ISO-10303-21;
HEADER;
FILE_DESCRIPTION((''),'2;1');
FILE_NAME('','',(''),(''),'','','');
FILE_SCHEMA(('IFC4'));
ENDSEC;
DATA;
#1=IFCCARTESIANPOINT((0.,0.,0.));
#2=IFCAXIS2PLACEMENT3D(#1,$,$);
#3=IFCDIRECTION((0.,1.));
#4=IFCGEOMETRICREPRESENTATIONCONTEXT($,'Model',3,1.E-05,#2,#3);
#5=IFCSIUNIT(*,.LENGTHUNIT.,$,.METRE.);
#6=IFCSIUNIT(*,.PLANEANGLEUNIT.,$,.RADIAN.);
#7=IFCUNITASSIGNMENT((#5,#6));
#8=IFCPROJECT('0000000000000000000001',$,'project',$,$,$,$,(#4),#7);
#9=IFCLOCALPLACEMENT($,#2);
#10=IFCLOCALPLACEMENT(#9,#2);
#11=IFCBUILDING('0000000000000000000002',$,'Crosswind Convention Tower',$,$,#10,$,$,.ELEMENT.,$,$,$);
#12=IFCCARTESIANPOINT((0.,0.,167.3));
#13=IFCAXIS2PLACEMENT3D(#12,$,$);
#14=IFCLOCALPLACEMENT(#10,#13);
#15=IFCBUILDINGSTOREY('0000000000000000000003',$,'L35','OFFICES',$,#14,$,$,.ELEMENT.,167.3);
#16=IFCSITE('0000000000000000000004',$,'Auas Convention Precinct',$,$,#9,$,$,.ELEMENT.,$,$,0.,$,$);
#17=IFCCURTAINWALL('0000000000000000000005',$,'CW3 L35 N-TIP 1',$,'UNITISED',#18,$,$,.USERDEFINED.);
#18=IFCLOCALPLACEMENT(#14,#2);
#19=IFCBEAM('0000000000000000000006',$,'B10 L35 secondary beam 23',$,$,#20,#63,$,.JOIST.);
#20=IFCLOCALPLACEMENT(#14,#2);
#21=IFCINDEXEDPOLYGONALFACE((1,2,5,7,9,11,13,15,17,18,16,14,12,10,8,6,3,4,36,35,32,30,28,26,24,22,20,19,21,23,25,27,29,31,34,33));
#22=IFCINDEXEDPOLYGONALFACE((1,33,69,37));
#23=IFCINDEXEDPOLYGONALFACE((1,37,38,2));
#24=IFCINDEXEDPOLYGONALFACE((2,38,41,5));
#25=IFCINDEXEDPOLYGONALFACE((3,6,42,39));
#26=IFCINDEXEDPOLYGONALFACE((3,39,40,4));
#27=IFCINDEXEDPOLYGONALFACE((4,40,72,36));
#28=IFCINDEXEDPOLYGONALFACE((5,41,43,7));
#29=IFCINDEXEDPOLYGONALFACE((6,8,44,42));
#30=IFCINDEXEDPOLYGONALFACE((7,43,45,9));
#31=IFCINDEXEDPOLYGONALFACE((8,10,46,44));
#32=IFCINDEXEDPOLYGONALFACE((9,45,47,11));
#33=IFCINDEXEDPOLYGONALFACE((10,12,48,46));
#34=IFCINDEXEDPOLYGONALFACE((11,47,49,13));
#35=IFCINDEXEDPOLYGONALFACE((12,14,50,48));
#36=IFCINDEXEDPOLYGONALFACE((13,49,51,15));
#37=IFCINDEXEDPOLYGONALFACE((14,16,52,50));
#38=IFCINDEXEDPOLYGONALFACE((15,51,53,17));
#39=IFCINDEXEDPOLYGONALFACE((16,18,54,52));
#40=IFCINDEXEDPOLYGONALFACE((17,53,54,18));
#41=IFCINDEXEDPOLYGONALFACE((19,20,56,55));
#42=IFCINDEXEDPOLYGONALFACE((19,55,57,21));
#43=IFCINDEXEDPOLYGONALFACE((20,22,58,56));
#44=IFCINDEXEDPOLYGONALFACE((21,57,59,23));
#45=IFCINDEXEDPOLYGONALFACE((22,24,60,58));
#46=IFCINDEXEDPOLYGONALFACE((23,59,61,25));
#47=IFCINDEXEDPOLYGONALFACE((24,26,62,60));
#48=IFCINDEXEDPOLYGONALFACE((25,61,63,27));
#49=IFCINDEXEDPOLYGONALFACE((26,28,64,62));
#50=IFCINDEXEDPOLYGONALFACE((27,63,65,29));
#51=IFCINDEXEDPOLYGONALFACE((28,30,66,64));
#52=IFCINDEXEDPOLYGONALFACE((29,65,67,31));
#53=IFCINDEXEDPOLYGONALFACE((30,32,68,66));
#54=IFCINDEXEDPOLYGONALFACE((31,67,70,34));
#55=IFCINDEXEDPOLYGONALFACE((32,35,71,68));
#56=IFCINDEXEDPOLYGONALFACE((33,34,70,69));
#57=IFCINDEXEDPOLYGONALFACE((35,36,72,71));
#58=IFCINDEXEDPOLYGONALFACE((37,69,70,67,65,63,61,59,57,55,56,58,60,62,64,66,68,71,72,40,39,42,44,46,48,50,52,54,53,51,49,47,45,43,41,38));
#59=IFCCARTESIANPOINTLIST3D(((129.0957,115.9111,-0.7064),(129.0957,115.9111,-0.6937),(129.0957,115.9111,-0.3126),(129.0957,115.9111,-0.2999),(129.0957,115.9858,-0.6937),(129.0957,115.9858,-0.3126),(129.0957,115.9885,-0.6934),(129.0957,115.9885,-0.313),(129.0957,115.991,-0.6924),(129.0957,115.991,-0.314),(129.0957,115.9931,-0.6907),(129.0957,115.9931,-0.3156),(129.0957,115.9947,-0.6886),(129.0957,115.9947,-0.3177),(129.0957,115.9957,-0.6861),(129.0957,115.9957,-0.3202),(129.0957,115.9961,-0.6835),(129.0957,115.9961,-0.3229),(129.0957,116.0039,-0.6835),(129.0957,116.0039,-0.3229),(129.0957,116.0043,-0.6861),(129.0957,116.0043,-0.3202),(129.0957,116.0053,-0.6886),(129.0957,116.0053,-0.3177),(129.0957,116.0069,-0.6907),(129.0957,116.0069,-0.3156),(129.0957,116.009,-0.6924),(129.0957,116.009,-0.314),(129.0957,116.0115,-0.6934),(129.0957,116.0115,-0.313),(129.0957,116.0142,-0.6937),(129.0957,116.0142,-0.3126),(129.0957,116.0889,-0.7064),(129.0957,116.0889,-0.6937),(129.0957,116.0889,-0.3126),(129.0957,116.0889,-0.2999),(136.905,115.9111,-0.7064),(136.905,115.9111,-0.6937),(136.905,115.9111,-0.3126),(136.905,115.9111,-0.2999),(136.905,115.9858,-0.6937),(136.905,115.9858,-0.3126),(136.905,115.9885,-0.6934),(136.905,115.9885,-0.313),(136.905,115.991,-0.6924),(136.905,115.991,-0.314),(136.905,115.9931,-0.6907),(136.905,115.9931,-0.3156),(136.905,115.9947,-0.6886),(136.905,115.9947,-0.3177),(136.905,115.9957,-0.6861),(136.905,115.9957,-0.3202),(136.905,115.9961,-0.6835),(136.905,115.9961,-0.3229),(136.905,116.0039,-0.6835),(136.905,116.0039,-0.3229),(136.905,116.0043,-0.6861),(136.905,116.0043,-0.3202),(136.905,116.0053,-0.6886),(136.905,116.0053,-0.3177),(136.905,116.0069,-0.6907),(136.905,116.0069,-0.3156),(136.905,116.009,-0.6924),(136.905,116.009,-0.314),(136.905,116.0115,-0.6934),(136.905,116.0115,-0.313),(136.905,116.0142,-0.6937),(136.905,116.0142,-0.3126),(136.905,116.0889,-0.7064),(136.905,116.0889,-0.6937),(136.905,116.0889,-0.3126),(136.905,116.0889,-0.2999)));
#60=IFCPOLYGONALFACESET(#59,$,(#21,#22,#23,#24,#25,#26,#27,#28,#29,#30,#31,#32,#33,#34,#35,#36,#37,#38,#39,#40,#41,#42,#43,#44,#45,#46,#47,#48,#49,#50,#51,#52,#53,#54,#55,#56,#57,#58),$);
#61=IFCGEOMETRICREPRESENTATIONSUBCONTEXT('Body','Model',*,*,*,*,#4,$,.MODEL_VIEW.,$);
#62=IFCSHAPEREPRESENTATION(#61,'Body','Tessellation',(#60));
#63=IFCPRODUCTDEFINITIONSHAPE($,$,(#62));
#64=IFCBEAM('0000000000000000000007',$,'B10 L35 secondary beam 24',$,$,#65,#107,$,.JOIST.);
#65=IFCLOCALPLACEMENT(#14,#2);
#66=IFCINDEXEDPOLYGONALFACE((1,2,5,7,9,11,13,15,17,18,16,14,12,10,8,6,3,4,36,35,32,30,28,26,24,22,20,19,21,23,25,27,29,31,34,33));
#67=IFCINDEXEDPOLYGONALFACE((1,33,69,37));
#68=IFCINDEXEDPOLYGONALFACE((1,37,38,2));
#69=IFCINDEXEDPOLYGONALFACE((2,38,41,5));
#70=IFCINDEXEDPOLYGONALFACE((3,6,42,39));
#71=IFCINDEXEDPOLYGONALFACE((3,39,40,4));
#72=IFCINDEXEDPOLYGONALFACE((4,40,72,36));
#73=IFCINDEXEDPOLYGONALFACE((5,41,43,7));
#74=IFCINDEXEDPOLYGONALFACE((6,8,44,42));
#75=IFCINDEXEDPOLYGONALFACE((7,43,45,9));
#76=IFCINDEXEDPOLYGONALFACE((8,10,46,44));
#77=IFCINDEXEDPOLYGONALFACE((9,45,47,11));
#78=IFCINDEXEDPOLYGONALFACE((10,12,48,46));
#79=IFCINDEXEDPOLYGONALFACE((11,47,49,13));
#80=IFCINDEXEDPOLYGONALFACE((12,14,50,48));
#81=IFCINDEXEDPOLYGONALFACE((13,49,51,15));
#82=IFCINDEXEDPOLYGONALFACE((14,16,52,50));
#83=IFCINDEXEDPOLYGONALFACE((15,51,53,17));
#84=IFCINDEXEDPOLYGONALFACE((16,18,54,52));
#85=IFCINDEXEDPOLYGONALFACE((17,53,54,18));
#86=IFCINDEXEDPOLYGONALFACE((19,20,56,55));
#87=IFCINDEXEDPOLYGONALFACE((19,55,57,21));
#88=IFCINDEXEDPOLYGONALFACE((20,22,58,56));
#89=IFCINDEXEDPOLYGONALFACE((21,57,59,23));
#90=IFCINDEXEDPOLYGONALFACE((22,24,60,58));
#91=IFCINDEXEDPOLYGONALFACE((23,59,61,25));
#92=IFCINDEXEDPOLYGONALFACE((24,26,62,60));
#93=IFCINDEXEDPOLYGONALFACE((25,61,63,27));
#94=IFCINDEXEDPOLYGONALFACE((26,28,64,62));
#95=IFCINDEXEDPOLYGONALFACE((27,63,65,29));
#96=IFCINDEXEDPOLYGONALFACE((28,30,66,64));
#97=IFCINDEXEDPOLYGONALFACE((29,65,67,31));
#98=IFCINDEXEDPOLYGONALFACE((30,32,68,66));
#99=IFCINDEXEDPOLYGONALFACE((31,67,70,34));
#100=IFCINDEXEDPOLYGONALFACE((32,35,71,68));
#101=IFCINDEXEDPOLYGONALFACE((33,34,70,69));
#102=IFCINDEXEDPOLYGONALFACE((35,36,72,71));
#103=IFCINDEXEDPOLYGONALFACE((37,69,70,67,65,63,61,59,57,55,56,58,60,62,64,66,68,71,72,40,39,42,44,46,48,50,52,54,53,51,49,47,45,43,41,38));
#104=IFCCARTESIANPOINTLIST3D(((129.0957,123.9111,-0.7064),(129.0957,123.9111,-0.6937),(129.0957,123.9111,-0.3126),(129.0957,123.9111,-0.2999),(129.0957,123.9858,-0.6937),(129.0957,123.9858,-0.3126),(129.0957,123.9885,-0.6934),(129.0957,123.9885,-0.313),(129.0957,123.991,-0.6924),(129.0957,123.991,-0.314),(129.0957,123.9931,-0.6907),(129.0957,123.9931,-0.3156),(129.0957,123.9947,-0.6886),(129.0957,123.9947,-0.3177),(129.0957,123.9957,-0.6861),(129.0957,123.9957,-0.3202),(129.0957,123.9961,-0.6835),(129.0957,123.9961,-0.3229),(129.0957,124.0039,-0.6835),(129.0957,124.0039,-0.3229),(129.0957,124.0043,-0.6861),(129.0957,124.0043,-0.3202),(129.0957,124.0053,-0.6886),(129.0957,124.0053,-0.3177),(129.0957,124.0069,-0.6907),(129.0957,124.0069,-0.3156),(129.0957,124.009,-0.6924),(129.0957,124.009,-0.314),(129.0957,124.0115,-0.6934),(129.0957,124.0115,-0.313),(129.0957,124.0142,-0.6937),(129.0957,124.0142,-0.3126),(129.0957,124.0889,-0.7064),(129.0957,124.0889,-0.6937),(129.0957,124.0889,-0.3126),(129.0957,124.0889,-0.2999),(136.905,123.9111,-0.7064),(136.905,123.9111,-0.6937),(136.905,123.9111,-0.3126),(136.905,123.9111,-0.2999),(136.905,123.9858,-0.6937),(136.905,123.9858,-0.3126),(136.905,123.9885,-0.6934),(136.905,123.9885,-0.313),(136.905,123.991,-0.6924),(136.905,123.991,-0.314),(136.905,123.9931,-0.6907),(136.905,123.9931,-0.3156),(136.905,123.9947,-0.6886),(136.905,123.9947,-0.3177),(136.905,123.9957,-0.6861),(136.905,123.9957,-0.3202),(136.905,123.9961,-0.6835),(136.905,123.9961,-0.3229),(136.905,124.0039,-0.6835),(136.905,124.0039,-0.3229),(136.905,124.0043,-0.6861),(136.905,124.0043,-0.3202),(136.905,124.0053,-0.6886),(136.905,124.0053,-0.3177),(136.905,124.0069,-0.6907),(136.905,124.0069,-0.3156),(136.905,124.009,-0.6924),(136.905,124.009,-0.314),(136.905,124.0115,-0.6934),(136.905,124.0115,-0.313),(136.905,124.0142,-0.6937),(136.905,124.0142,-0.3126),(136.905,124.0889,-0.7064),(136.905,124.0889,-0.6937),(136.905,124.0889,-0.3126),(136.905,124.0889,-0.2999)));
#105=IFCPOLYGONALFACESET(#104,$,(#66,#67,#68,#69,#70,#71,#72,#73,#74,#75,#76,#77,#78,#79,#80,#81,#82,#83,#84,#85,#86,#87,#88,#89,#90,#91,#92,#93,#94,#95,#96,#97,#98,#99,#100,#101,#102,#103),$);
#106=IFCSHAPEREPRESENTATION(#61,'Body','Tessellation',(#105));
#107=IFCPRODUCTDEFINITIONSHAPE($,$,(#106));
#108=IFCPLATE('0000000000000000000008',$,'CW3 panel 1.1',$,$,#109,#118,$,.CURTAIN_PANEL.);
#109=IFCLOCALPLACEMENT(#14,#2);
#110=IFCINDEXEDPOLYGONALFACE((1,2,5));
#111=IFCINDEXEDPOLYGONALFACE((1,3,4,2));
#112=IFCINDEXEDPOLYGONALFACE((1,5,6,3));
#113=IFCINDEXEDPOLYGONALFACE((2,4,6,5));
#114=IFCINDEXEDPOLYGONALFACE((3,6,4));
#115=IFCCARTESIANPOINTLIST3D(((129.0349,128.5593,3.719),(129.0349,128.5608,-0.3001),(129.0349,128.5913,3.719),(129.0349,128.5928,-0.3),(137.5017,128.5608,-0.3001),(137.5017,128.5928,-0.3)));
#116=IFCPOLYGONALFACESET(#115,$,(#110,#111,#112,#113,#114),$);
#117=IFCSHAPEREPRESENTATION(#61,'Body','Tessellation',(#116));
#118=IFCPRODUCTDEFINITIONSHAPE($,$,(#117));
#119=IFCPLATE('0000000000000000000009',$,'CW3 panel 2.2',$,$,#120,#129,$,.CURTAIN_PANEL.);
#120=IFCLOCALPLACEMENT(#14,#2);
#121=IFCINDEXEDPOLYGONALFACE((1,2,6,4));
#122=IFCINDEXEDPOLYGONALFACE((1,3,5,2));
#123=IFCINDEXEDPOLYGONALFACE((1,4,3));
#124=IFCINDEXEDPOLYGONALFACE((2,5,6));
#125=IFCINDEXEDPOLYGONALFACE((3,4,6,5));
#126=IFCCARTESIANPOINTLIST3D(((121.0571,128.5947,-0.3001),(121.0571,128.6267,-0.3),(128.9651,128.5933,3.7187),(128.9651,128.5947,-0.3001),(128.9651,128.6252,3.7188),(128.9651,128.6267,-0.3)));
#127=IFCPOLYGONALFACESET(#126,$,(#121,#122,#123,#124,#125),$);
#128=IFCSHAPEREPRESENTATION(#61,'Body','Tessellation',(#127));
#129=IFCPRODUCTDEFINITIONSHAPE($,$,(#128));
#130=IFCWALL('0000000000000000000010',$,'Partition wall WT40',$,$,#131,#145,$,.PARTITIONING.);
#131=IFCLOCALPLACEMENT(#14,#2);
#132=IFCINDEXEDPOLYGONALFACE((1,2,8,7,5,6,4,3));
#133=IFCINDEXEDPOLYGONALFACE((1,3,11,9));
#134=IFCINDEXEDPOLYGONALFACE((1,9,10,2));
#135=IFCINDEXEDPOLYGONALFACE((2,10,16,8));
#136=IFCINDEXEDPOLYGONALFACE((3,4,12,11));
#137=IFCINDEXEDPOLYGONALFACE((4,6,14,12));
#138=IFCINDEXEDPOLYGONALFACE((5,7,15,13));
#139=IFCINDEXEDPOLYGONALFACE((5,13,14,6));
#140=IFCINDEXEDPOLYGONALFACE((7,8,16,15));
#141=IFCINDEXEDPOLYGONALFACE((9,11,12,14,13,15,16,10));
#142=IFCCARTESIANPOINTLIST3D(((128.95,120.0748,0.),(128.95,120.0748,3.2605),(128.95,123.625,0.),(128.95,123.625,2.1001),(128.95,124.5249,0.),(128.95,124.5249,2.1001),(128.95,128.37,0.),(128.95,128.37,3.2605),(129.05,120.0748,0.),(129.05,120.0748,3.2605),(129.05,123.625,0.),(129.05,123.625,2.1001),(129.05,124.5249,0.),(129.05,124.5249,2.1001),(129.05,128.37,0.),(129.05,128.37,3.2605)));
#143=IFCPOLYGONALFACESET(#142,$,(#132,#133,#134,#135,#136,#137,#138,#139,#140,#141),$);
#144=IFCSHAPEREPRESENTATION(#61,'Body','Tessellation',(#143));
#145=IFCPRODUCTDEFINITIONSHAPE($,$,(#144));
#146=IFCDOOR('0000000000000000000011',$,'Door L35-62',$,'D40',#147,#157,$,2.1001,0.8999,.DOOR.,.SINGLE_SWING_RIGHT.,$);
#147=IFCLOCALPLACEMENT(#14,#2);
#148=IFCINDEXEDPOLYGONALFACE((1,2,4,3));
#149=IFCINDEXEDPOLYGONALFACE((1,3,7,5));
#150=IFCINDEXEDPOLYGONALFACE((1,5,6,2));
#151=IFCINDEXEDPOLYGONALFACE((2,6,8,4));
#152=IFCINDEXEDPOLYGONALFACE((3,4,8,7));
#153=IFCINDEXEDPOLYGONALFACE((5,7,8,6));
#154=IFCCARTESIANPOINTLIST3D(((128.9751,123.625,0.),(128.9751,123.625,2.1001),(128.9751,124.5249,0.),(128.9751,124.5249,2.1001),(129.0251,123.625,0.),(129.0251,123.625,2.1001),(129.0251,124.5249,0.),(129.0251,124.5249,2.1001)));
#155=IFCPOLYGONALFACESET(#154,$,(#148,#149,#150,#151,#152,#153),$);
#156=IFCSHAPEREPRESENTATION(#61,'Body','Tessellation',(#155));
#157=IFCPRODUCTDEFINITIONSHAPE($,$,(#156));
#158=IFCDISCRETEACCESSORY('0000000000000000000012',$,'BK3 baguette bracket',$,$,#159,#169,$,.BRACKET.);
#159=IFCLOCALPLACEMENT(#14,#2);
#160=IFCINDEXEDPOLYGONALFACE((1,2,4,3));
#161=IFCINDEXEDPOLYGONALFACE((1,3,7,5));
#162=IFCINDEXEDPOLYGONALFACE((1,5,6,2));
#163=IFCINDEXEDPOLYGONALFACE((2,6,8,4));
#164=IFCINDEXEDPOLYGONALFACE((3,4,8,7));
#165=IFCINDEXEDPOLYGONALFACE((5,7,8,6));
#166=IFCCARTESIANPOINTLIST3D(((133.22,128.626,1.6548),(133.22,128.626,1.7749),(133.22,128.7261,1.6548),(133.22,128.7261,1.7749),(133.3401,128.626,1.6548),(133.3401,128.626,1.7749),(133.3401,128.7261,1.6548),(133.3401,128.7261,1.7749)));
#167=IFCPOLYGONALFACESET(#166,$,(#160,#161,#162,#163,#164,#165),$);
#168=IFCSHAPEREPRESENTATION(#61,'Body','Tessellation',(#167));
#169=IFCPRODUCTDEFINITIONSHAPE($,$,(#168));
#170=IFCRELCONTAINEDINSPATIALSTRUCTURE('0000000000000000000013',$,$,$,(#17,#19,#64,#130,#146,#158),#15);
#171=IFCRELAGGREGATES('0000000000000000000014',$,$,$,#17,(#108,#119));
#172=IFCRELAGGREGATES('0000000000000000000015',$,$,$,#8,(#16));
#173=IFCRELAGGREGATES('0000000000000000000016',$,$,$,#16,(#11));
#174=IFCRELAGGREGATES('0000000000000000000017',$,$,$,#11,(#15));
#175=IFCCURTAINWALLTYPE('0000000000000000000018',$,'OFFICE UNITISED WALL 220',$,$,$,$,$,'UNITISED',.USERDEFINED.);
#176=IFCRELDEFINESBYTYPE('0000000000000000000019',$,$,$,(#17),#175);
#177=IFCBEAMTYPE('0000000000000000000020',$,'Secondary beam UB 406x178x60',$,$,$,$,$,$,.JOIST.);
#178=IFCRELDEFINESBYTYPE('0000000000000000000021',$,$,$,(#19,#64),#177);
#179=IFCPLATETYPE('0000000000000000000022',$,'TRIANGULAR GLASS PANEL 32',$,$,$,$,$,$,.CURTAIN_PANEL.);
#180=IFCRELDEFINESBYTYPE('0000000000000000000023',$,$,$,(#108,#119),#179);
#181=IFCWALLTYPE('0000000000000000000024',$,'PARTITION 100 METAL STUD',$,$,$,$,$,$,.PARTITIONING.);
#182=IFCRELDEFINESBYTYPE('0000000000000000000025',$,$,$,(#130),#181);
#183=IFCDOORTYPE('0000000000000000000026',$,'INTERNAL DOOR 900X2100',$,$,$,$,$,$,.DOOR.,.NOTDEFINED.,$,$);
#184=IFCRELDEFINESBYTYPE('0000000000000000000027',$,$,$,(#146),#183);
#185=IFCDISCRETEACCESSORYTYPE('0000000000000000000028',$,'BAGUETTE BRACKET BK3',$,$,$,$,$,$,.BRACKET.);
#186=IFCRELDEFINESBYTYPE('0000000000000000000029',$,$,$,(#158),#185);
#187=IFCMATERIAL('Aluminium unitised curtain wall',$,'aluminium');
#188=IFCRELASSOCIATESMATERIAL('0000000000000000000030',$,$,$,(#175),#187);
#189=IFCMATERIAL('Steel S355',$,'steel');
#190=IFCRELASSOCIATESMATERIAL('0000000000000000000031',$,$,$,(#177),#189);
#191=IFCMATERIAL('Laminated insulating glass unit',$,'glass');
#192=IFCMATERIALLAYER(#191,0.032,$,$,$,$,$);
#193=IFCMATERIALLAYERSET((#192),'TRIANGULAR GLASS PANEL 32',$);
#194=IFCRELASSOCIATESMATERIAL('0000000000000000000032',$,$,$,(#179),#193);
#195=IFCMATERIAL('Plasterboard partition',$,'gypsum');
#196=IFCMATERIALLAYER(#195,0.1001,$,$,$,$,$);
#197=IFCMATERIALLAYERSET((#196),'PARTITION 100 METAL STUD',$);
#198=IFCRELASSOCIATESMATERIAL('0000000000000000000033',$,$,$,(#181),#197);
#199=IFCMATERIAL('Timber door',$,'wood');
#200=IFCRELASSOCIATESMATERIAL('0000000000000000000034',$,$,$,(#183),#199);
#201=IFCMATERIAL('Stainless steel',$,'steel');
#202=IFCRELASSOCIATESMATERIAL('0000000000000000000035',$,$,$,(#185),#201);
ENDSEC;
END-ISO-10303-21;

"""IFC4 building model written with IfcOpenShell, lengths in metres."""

from ifc_helpers import new_model, si_unit, direction, frame, frame_2d, origin, origin_2d, place, context, subcontext, project, spatial, polyline, rectangle, i_section, outline, extrude, material, layer, layer_set, material_profile, profile_set, type_object, element, fill, aggregate, save


model = new_model("IFC4")

# Units and contexts
model_context = context("Model", 3, precision=1e-05, world=origin(), true_north=direction((0.0, 1.0)))
body_context = subcontext(model_context, "Body", "Model", "MODEL_VIEW")
ifc_project = project(units=[si_unit("LENGTHUNIT", "METRE"), si_unit("PLANEANGLEUNIT", "RADIAN")], contexts=[model_context])

# Site, building, storey
site_placement = place(None, origin())
site = spatial("IfcSite", under=ifc_project, at=site_placement, Name="Auas Convention Precinct", CompositionType="ELEMENT", RefElevation=0.0)
building_placement = place(site_placement, origin())
building = spatial("IfcBuilding", under=site, at=building_placement, Name="Crosswind Convention Tower", CompositionType="ELEMENT")
storey_placement = place(building_placement, frame((0.0, 0.0, 167.3)))
storey = spatial("IfcBuildingStorey", under=building, at=storey_placement, Name="L35", Description="OFFICES", CompositionType="ELEMENT", Elevation=167.3)

# Shared definitions
ifc_material_1 = material(Name="Steel S355", Category="steel")

# Curtain wall
ifc_material_2 = material(Name="Aluminium unitised curtain wall", Category="aluminium")
curtain_wall_type = type_object("IfcCurtainWallType", Name="OFFICE UNITISED WALL 220", ElementType="UNITISED", PredefinedType="USERDEFINED", material=ifc_material_2)
curtain_wall_placement = place(storey_placement, origin())
curtain_wall = element("IfcCurtainWall", 1, at=curtain_wall_placement, inside=storey, type_object=curtain_wall_type, Name="CW3 L35 N-TIP 1", ObjectType="UNITISED", PredefinedType="USERDEFINED")

# Beams
ifc_material_profile_1 = material_profile(ifc_material_1, i_section(OverallWidth=0.1777, OverallDepth=0.4065, WebThickness=0.0078, FlangeThickness=0.0127, FilletRadius=0.0103, at=origin_2d()), Name="UB 406x178x60")
ifc_profile_set_1 = profile_set([ifc_material_profile_1], Name="Steel S355")
beam_type_1 = type_object("IfcBeamType", Name="Secondary beam UB 406x178x60", PredefinedType="JOIST", material=ifc_profile_set_1)
for number, where, z_axis, x_axis, name in (
    (2, (129.0957, 116.0, -0.5032), (1.0, 0.0, 0.0), (0.0, 1.0, 0.0), "B10 L35 secondary beam 23"),
    (3, (129.0957, 124.0, -0.5032), (1.0, 0.0, 0.0), (0.0, 1.0, 0.0), "B10 L35 secondary beam 24"),
):
    element("IfcBeam", number, at=place(storey_placement, frame(where, z_axis=z_axis, x_axis=x_axis)), inside=storey, type_object=beam_type_1, Name=name, PredefinedType="JOIST", context=body_context, shape_type="SweptSolid", body=[
        extrude(i_section(OverallWidth=0.1777, OverallDepth=0.4065, WebThickness=0.0078, FlangeThickness=0.0127, FilletRadius=0.0103, at=origin_2d()), origin(), (0.0, 0.0, 1.0), 7.8093),
    ])

# Plates
ifc_material_3 = material(Name="Laminated insulating glass unit", Category="glass")
ifc_layer_1 = layer(ifc_material_3, 0.032)
ifc_layer_set_1 = layer_set([ifc_layer_1], Name="TRIANGULAR GLASS PANEL 32")
plate_type = type_object("IfcPlateType", Name="TRIANGULAR GLASS PANEL 32", PredefinedType="CURTAIN_PANEL", material=ifc_layer_set_1)
plate_1_placement = place(storey_placement, frame((129.0349, 128.5928, -0.3), z_axis=(0.0, 1.0, 0.000364), x_axis=(0.0, -0.000364, 1.0)))
plate_1 = element("IfcPlate", 4, at=plate_1_placement, type_object=plate_type, Name="CW3 panel 1.1", PredefinedType="CURTAIN_PANEL", context=body_context, shape_type="SweptSolid", body=[
    extrude(outline(polyline([(0.0, 0.0), (4.019, 0.0), (0.0, 8.4668), (0.0, 0.0)])), origin(), (0.0, 0.0, -1.0), 0.032),
])
plate_2_placement = place(storey_placement, frame((128.9651, 128.6267, -0.3), z_axis=(0.0, 1.0, 0.000364), x_axis=(-1.0, 0.0, 0.0)))
plate_2 = element("IfcPlate", 5, at=plate_2_placement, type_object=plate_type, Name="CW3 panel 2.2", PredefinedType="CURTAIN_PANEL", context=body_context, shape_type="SweptSolid", body=[
    extrude(outline(polyline([(0.0, 0.0), (7.908, 0.0), (0.0, 4.0188), (0.0, 0.0)])), origin(), (0.0, 0.0, -1.0), 0.032),
])
aggregate(curtain_wall, [plate_1, plate_2])

# Wall, opening, door
ifc_material_4 = material(Name="Plasterboard partition", Category="gypsum")
ifc_layer_2 = layer(ifc_material_4, 0.1001)
ifc_layer_set_2 = layer_set([ifc_layer_2], Name="PARTITION 100 METAL STUD")
wall_type = type_object("IfcWallType", Name="PARTITION 100 METAL STUD", PredefinedType="PARTITIONING", material=ifc_layer_set_2)
wall_placement = place(storey_placement, frame((129.0, 120.075, 0.0), z_axis=(0.0, 0.0, 1.0), x_axis=(0.0, 1.0, 0.0)))
wall = element("IfcWall", 6, at=wall_placement, inside=storey, type_object=wall_type, Name="Partition wall WT40", PredefinedType="PARTITIONING", context=body_context, shape_type="SweptSolid", body=[
    extrude(rectangle(XDim=8.2952, YDim=0.1001, at=frame_2d((4.1475, 0.0))), origin(), (0.0, 0.0, 1.0), 3.2605),
])
opening_placement = place(wall_placement, frame((3.55, 0.0, 0.0)))
opening = element("IfcOpeningElement", 7, at=opening_placement, cuts=wall, PredefinedType="OPENING", context=body_context, shape_type="SweptSolid", body=[
    extrude(rectangle(XDim=0.8999, YDim=2.1001, at=frame_2d((0.45, 1.05))), frame((0.0, 0.0601, 0.0), z_axis=(0.0, -1.0, 0.0), x_axis=(1.0, 0.0, 0.0)), (0.0, 0.0, 1.0), 0.1201),
])
ifc_material_5 = material(Name="Timber door", Category="wood")
door_type = type_object("IfcDoorType", Name="INTERNAL DOOR 900X2100", OperationType="NOTDEFINED", PredefinedType="DOOR", material=ifc_material_5)
door_placement = place(opening_placement, origin())
door = element("IfcDoor", 8, at=door_placement, inside=storey, type_object=door_type, Name="Door L35-62", ObjectType="D40", OperationType="SINGLE_SWING_RIGHT", OverallHeight=2.1001, OverallWidth=0.8999, PredefinedType="DOOR", context=body_context, shape_type="SweptSolid", body=[
    extrude(rectangle(XDim=0.8999, YDim=2.1001, at=frame_2d((0.45, 1.05))), frame((0.0, 0.0249, 0.0), z_axis=(0.0, -1.0, 0.0), x_axis=(1.0, 0.0, 0.0)), (0.0, 0.0, 1.0), 0.05),
])
fill(opening, door)

# Discrete accessory
ifc_material_6 = material(Name="Stainless steel", Category="steel")
discrete_accessory_type = type_object("IfcDiscreteAccessoryType", Name="BAGUETTE BRACKET BK3", PredefinedType="BRACKET", material=ifc_material_6)
discrete_accessory_placement = place(storey_placement, frame((133.28, 128.676, 1.6548), z_axis=(0.0, 0.0, 1.0), x_axis=(-1.0, 0.0, 0.0)))
element("IfcDiscreteAccessory", 9, at=discrete_accessory_placement, inside=storey, type_object=discrete_accessory_type, Name="BK3 baguette bracket", PredefinedType="BRACKET", context=body_context, shape_type="SweptSolid", body=[
    extrude(rectangle(XDim=0.1201, YDim=0.1001, at=origin_2d()), origin(), (0.0, 0.0, 1.0), 0.1201),
])

save(model, "model.ifc")
